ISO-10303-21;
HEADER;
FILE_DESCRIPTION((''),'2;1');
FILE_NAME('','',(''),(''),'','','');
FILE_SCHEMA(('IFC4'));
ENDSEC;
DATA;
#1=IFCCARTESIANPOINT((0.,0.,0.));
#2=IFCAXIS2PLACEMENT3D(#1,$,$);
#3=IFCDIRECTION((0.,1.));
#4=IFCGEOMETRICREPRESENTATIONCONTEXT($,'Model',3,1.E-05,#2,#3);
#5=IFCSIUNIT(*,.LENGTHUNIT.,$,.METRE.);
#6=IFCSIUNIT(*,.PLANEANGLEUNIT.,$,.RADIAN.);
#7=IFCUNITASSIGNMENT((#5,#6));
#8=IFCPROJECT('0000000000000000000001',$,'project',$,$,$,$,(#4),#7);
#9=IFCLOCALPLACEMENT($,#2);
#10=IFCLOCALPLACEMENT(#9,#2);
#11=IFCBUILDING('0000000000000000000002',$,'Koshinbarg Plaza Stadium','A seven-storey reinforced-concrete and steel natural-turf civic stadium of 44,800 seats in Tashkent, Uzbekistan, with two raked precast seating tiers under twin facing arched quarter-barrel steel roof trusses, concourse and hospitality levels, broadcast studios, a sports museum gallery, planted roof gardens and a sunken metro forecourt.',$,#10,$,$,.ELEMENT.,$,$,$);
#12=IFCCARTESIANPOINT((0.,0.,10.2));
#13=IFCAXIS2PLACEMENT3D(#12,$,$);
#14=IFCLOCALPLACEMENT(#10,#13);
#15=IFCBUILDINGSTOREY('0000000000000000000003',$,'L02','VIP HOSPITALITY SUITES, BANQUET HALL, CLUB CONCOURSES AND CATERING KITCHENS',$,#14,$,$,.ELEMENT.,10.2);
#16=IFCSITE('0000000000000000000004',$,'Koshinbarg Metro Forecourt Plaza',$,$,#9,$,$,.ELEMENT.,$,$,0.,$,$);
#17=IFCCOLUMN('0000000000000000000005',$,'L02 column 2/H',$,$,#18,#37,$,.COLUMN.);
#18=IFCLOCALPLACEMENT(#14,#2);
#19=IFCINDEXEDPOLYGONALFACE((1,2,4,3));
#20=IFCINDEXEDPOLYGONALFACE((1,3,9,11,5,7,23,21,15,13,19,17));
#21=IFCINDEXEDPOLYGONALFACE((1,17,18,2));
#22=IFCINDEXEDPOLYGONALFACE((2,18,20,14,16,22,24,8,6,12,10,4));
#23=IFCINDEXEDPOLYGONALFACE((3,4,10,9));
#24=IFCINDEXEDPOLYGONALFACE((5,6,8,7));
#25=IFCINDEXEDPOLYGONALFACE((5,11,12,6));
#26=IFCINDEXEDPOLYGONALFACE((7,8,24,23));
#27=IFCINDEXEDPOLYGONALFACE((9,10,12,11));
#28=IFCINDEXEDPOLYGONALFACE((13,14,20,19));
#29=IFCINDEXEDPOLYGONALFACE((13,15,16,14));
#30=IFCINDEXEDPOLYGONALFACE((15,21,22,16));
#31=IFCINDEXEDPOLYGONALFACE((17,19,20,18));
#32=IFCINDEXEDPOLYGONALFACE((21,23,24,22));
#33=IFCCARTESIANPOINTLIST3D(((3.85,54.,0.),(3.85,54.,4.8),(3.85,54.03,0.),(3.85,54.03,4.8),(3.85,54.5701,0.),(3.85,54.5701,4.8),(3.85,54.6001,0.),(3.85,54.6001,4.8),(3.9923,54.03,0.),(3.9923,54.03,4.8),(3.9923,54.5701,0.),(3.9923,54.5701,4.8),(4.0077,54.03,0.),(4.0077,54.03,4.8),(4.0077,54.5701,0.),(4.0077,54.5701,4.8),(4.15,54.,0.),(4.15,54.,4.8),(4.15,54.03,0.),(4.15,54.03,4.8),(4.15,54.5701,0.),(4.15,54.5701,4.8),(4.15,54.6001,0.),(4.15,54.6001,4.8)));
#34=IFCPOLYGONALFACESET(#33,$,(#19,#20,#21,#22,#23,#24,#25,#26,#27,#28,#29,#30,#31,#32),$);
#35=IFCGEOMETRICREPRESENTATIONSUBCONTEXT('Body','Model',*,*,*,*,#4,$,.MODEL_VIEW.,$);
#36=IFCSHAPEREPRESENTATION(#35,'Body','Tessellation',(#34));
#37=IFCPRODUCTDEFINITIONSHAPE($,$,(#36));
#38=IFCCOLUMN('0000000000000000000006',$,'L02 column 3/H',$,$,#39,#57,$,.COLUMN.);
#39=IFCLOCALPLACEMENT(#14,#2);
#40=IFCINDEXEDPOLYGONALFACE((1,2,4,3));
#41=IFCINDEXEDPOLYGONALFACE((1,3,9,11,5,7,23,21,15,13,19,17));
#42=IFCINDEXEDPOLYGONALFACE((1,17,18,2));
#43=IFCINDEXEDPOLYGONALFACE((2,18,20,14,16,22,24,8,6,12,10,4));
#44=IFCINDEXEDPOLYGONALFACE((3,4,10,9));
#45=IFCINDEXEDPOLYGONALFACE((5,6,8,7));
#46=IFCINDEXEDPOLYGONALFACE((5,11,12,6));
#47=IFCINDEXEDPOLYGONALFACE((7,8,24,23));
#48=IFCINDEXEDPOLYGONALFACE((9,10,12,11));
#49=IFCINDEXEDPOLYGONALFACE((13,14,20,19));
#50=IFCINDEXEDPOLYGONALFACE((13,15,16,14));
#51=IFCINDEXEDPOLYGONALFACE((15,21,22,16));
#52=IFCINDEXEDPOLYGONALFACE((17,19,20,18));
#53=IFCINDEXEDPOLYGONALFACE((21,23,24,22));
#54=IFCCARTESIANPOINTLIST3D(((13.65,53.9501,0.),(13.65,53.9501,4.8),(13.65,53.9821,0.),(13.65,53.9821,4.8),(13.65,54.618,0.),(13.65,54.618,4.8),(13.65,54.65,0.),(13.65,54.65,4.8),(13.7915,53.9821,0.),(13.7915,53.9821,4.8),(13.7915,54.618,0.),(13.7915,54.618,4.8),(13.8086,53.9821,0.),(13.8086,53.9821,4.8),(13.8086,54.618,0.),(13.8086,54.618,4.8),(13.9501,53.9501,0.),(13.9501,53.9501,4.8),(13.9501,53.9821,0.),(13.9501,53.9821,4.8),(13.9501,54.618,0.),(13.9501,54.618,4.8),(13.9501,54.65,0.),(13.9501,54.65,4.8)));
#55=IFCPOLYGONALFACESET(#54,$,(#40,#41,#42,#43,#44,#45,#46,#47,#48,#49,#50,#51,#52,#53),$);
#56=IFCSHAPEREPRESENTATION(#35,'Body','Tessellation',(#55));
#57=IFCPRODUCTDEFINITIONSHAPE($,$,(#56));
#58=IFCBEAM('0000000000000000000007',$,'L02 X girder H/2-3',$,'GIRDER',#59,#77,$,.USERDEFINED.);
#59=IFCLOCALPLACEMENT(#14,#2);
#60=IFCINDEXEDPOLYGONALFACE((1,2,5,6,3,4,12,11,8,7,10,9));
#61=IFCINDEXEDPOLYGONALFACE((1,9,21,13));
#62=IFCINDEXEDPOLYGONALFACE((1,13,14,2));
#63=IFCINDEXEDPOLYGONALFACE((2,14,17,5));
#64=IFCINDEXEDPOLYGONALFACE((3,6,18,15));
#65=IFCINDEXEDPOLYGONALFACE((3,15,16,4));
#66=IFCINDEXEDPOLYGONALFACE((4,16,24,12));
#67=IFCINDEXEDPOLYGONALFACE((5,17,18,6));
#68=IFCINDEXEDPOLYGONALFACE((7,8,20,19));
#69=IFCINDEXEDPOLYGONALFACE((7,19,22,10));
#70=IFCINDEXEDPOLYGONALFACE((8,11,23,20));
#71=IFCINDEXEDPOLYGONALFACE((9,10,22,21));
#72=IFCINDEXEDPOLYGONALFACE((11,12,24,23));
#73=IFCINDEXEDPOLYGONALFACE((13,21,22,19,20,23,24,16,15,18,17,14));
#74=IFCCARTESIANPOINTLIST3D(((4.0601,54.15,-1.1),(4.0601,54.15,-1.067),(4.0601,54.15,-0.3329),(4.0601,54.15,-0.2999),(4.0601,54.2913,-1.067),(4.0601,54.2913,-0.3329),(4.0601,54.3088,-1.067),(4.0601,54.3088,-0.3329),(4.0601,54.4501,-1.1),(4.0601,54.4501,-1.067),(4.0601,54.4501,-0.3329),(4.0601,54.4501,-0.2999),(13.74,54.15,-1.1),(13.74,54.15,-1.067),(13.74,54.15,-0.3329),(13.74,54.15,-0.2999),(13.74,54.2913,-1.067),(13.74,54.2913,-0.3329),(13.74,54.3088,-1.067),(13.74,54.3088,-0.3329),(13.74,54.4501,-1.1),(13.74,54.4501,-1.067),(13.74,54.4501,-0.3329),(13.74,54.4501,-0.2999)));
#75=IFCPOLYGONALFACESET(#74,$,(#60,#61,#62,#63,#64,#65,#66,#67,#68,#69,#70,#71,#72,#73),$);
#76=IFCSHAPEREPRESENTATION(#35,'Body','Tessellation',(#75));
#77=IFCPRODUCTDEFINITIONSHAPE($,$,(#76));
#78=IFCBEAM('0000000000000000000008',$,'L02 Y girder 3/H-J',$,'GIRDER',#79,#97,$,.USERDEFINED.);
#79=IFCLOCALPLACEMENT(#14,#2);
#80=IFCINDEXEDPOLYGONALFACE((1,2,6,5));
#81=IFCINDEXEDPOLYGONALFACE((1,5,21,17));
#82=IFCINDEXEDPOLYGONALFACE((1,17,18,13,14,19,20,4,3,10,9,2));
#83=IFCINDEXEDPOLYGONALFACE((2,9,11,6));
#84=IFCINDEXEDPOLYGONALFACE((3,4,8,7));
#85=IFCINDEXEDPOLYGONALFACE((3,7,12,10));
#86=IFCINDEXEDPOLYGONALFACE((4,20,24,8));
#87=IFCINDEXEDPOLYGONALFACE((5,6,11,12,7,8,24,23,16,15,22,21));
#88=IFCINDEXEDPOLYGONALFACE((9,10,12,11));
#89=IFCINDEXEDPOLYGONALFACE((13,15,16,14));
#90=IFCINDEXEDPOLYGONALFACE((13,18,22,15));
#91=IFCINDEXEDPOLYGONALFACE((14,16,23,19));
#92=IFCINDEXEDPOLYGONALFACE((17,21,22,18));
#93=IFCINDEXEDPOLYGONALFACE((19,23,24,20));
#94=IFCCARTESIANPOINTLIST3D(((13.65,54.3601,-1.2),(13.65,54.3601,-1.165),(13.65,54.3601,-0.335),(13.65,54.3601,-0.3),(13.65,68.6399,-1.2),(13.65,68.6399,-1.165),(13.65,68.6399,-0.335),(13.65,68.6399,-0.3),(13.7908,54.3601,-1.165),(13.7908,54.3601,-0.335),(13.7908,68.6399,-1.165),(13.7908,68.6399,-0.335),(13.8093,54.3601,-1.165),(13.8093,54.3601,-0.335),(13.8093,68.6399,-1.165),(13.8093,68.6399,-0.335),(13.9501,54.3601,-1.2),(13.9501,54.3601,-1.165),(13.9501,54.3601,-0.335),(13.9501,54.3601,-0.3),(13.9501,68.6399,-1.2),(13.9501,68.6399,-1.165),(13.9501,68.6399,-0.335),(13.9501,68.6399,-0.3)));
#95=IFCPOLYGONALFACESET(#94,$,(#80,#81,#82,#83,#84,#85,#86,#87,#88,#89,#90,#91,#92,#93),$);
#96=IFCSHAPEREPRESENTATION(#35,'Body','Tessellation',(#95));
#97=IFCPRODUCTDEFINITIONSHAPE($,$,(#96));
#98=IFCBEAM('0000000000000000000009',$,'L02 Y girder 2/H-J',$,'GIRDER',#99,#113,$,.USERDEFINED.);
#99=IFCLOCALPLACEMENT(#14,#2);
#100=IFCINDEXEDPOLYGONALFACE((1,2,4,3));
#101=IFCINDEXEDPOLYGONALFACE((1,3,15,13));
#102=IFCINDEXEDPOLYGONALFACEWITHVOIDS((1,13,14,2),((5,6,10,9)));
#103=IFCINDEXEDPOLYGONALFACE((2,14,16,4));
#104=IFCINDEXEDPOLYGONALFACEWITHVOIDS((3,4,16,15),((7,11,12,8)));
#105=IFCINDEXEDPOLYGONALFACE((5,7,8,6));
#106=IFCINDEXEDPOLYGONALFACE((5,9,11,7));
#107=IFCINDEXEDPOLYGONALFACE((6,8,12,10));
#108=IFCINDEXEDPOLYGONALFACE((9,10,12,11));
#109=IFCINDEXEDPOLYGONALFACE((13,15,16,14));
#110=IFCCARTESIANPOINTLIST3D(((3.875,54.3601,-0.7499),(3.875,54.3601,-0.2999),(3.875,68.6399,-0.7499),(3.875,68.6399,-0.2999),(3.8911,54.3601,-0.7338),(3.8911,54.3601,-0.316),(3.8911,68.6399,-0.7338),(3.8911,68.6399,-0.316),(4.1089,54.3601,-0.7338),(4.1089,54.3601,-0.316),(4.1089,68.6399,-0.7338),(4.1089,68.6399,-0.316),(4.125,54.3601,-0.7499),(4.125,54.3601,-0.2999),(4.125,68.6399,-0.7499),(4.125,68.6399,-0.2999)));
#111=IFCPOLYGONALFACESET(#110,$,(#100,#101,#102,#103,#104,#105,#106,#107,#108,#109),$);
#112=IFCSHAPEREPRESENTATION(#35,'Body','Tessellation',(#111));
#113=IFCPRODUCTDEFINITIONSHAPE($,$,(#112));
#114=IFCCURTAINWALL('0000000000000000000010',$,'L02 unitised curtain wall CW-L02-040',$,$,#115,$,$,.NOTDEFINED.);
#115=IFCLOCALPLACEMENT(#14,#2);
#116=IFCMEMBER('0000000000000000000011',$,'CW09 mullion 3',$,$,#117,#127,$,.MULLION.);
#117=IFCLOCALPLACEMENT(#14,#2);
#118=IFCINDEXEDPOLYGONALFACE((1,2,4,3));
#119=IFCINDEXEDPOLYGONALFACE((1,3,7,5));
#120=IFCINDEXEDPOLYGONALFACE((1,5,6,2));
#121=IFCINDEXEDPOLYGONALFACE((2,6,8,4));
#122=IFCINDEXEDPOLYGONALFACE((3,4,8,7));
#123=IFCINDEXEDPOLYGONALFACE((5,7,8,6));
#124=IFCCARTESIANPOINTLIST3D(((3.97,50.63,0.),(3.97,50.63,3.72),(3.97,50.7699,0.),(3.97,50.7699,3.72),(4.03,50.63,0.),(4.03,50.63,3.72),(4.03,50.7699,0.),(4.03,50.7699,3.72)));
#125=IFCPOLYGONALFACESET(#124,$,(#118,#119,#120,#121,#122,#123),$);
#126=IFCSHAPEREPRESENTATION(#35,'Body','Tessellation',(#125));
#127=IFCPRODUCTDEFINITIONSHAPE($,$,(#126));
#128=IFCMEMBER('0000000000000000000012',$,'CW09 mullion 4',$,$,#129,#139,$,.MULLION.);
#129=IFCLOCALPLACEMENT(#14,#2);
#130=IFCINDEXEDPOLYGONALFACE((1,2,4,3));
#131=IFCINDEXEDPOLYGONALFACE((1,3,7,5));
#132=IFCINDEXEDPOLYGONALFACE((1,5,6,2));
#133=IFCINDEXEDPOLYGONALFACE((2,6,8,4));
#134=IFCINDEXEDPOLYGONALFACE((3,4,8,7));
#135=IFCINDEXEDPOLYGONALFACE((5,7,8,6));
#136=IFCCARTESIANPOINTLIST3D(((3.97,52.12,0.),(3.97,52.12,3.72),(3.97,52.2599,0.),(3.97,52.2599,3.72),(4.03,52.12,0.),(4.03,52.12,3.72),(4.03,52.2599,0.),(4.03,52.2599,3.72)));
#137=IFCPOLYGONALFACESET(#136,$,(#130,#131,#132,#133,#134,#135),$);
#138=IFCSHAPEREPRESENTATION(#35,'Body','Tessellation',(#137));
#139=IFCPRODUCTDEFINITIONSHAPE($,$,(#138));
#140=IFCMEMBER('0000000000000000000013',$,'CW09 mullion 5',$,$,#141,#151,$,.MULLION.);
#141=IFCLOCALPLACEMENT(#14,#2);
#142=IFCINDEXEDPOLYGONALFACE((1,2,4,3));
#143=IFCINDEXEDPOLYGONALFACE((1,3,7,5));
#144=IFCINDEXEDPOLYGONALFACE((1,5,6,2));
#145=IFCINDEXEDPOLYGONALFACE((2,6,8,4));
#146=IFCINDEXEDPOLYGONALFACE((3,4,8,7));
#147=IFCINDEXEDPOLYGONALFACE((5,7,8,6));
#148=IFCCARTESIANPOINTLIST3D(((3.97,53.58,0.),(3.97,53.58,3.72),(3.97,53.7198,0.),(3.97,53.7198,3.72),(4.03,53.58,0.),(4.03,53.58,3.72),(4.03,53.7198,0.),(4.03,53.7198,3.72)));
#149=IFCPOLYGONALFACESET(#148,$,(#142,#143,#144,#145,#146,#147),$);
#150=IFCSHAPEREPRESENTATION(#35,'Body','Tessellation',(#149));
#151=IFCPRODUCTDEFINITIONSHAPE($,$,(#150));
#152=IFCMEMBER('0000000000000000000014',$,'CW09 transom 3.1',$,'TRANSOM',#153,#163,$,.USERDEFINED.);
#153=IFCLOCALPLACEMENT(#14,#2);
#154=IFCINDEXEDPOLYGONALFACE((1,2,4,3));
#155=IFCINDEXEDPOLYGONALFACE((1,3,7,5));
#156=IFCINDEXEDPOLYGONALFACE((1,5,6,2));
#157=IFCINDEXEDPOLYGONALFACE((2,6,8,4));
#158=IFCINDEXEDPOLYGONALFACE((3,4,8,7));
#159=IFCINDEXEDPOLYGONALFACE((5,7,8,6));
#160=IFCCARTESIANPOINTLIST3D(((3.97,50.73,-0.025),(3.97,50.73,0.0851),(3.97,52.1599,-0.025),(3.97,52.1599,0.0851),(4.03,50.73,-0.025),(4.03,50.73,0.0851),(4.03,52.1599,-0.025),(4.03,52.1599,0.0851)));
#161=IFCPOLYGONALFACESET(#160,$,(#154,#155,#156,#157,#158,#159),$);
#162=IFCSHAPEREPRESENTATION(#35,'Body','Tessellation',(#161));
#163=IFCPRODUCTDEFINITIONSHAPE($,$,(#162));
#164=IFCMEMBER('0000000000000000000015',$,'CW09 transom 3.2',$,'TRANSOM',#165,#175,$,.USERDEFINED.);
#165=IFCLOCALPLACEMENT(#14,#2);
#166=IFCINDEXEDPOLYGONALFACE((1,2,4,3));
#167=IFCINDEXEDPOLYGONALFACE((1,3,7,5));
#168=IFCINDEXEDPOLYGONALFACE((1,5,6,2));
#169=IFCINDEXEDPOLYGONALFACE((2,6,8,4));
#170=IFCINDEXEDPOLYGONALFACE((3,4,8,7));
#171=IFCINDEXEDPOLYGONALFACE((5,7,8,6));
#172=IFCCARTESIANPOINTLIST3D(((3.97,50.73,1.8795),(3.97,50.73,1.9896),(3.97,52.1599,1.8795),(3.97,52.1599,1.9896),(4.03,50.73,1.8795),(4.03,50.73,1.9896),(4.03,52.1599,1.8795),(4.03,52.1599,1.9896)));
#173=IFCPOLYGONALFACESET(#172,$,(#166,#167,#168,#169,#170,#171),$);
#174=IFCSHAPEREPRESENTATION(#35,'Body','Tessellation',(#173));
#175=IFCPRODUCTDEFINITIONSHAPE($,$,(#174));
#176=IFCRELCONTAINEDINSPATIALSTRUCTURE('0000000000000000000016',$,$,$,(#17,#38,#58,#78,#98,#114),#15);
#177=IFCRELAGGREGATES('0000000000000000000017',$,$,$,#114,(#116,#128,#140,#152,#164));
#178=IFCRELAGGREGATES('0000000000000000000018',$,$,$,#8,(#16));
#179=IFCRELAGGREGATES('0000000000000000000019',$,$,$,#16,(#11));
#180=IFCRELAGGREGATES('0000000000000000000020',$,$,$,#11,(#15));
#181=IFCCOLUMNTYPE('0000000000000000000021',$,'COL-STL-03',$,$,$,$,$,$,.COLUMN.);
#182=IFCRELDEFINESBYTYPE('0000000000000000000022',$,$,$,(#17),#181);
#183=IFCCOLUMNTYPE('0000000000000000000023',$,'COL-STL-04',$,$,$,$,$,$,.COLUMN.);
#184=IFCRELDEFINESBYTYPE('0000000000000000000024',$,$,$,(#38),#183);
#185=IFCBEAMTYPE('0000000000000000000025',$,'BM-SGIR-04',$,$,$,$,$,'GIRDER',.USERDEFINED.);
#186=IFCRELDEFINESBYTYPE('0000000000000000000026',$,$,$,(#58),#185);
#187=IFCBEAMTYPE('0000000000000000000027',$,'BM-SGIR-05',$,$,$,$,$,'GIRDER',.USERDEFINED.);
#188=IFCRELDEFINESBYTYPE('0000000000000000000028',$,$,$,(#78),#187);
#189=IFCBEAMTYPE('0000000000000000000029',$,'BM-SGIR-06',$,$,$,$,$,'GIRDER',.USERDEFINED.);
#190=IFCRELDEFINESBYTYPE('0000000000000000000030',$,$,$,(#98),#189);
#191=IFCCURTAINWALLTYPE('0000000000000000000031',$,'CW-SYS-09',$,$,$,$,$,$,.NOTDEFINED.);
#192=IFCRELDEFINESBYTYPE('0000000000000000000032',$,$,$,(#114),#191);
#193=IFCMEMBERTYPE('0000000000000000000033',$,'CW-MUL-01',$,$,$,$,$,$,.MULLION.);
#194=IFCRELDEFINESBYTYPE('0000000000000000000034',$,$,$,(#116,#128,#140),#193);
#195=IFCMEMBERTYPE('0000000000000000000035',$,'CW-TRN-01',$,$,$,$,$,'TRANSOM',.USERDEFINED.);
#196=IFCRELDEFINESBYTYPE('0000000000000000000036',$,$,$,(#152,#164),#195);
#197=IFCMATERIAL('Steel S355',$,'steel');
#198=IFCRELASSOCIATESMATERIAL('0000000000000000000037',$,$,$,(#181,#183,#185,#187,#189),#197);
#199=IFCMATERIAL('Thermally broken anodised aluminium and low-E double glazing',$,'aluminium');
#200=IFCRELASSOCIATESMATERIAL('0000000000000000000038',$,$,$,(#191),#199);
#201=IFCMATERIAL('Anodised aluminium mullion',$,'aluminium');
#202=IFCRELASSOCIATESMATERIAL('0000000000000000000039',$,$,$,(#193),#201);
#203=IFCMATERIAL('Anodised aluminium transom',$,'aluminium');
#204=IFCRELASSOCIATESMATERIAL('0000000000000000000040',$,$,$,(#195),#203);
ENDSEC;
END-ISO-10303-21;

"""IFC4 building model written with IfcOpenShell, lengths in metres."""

from ifc_helpers import new_model, si_unit, direction, frame, origin, origin_2d, place, context, subcontext, project, spatial, rectangle, hollow_rectangle, i_section, extrude, material, material_profile, profile_set, type_object, element, aggregate, save


model = new_model("IFC4")

# Units and contexts
model_context = context("Model", 3, precision=1e-05, world=origin(), true_north=direction((0.0, 1.0)))
body_context = subcontext(model_context, "Body", "Model", "MODEL_VIEW")
ifc_project = project(units=[si_unit("LENGTHUNIT", "METRE"), si_unit("PLANEANGLEUNIT", "RADIAN")], contexts=[model_context])

# Site, building, storey
site_placement = place(None, origin())
site = spatial("IfcSite", under=ifc_project, at=site_placement, Name="Koshinbarg Metro Forecourt Plaza", CompositionType="ELEMENT", RefElevation=0.0)
building_placement = place(site_placement, origin())
building = spatial("IfcBuilding", under=site, at=building_placement, Name="Koshinbarg Plaza Stadium", Description="A seven-storey reinforced-concrete and steel natural-turf civic stadium of 44,800 seats in Tashkent, Uzbekistan, with two raked precast seating tiers under twin facing arched quarter-barrel steel roof trusses, concourse and hospitality levels, broadcast studios, a sports museum gallery, planted roof gardens and a sunken metro forecourt.", CompositionType="ELEMENT")
storey_placement = place(building_placement, frame((0.0, 0.0, 10.2)))
storey = spatial("IfcBuildingStorey", under=building, at=storey_placement, Name="L02", Description="VIP HOSPITALITY SUITES, BANQUET HALL, CLUB CONCOURSES AND CATERING KITCHENS", CompositionType="ELEMENT", Elevation=10.2)

# Columns
ifc_material_1 = material(Name="Steel S355", Category="steel")
ifc_material_profile_1 = material_profile(ifc_material_1, i_section(OverallWidth=0.3, OverallDepth=0.6001, WebThickness=0.0154, FlangeThickness=0.03, at=origin_2d()), Name="HEB 600")
ifc_profile_set_1 = profile_set([ifc_material_profile_1], Name="Steel S355")
column_type_1 = type_object("IfcColumnType", Name="COL-STL-03", PredefinedType="COLUMN", material=ifc_profile_set_1)
column_1_placement = place(storey_placement, frame((4.0, 54.3, 0.0), z_axis=(0.0, 0.0, 1.0), x_axis=(1.0, 0.0, 0.0)))
element("IfcColumn", 1, at=column_1_placement, inside=storey, type_object=column_type_1, Name="L02 column 2/H", PredefinedType="COLUMN", context=body_context, shape_type="SweptSolid", body=[
    extrude(i_section(OverallWidth=0.3, OverallDepth=0.6001, WebThickness=0.0154, FlangeThickness=0.03, at=origin_2d()), origin(), (0.0, 0.0, 1.0), 4.8),
])
ifc_material_profile_2 = material_profile(ifc_material_1, i_section(OverallWidth=0.3, OverallDepth=0.7, WebThickness=0.0171, FlangeThickness=0.032, at=origin_2d()), Name="HEB 700")
ifc_profile_set_2 = profile_set([ifc_material_profile_2], Name="Steel S355")
column_type_2 = type_object("IfcColumnType", Name="COL-STL-04", PredefinedType="COLUMN", material=ifc_profile_set_2)
column_2_placement = place(storey_placement, frame((13.8, 54.3, 0.0), z_axis=(0.0, 0.0, 1.0), x_axis=(1.0, 0.0, 0.0)))
element("IfcColumn", 2, at=column_2_placement, inside=storey, type_object=column_type_2, Name="L02 column 3/H", PredefinedType="COLUMN", context=body_context, shape_type="SweptSolid", body=[
    extrude(i_section(OverallWidth=0.3, OverallDepth=0.7, WebThickness=0.0171, FlangeThickness=0.032, at=origin_2d()), origin(), (0.0, 0.0, 1.0), 4.8),
])

# Beams
ifc_material_profile_3 = material_profile(ifc_material_1, i_section(OverallWidth=0.3, OverallDepth=0.8, WebThickness=0.0176, FlangeThickness=0.033, at=origin_2d()), Name="HEB 800")
ifc_profile_set_3 = profile_set([ifc_material_profile_3], Name="Steel S355")
beam_type_1 = type_object("IfcBeamType", Name="BM-SGIR-04", ElementType="GIRDER", PredefinedType="USERDEFINED", material=ifc_profile_set_3)
beam_1_placement = place(storey_placement, frame((4.0601, 54.3, -0.7), z_axis=(1.0, 0.0, 0.0), x_axis=(0.0, 1.0, 0.0)))
element("IfcBeam", 3, at=beam_1_placement, inside=storey, type_object=beam_type_1, Name="L02 X girder H/2-3", ObjectType="GIRDER", PredefinedType="USERDEFINED", context=body_context, shape_type="SweptSolid", body=[
    extrude(i_section(OverallWidth=0.3, OverallDepth=0.8, WebThickness=0.0176, FlangeThickness=0.033, at=origin_2d()), origin(), (0.0, 0.0, 1.0), 9.6799),
])
ifc_material_profile_4 = material_profile(ifc_material_1, i_section(OverallWidth=0.3, OverallDepth=0.8999, WebThickness=0.0186, FlangeThickness=0.0349, at=origin_2d()), Name="HEB 900")
ifc_profile_set_4 = profile_set([ifc_material_profile_4], Name="Steel S355")
beam_type_2 = type_object("IfcBeamType", Name="BM-SGIR-05", ElementType="GIRDER", PredefinedType="USERDEFINED", material=ifc_profile_set_4)
beam_2_placement = place(storey_placement, frame((13.8, 54.3601, -0.75), z_axis=(0.0, 1.0, 0.0), x_axis=(-1.0, 0.0, 0.0)))
element("IfcBeam", 4, at=beam_2_placement, inside=storey, type_object=beam_type_2, Name="L02 Y girder 3/H-J", ObjectType="GIRDER", PredefinedType="USERDEFINED", context=body_context, shape_type="SweptSolid", body=[
    extrude(i_section(OverallWidth=0.3, OverallDepth=0.8999, WebThickness=0.0186, FlangeThickness=0.0349, at=origin_2d()), origin(), (0.0, 0.0, 1.0), 14.2798),
])
ifc_material_profile_5 = material_profile(ifc_material_1, hollow_rectangle(XDim=0.25, YDim=0.45, WallThickness=0.0161, at=origin_2d()), Name="RHS 450x250x16")
ifc_profile_set_5 = profile_set([ifc_material_profile_5], Name="Steel S355")
beam_type_3 = type_object("IfcBeamType", Name="BM-SGIR-06", ElementType="GIRDER", PredefinedType="USERDEFINED", material=ifc_profile_set_5)
beam_3_placement = place(storey_placement, frame((4.0, 54.3601, -0.5249), z_axis=(0.0, 1.0, 0.0), x_axis=(-1.0, 0.0, 0.0)))
element("IfcBeam", 5, at=beam_3_placement, inside=storey, type_object=beam_type_3, Name="L02 Y girder 2/H-J", ObjectType="GIRDER", PredefinedType="USERDEFINED", context=body_context, shape_type="SweptSolid", body=[
    extrude(hollow_rectangle(XDim=0.25, YDim=0.45, WallThickness=0.0161, at=origin_2d()), origin(), (0.0, 0.0, 1.0), 14.2798),
])

# Curtain wall, members
ifc_material_2 = material(Name="Thermally broken anodised aluminium and low-E double glazing", Category="aluminium")
curtain_wall_type = type_object("IfcCurtainWallType", Name="CW-SYS-09", PredefinedType="NOTDEFINED", material=ifc_material_2)
curtain_wall_placement = place(storey_placement, origin())
curtain_wall = element("IfcCurtainWall", 6, at=curtain_wall_placement, inside=storey, type_object=curtain_wall_type, Name="L02 unitised curtain wall CW-L02-040", PredefinedType="NOTDEFINED")
ifc_material_3 = material(Name="Anodised aluminium mullion", Category="aluminium")
ifc_material_profile_6 = material_profile(ifc_material_3, rectangle(XDim=0.0601, YDim=0.1399, at=origin_2d()), Name="ALU 60x140")
ifc_profile_set_6 = profile_set([ifc_material_profile_6], Name="Anodised aluminium mullion")
member_type_1 = type_object("IfcMemberType", Name="CW-MUL-01", PredefinedType="MULLION", material=ifc_profile_set_6)
member_1_placement = place(storey_placement, frame((4.0, 50.7, 0.0), z_axis=(0.0, 0.0, 1.0), x_axis=(-1.0, 0.0, 0.0)))
member_1 = element("IfcMember", 7, at=member_1_placement, type_object=member_type_1, Name="CW09 mullion 3", PredefinedType="MULLION", context=body_context, shape_type="SweptSolid", body=[
    extrude(rectangle(XDim=0.0601, YDim=0.1399, at=origin_2d()), origin(), (0.0, 0.0, 1.0), 3.72),
])
member_2_placement = place(storey_placement, frame((4.0, 52.1899, 0.0), z_axis=(0.0, 0.0, 1.0), x_axis=(-1.0, 0.0, 0.0)))
member_2 = element("IfcMember", 8, at=member_2_placement, type_object=member_type_1, Name="CW09 mullion 4", PredefinedType="MULLION", context=body_context, shape_type="SweptSolid", body=[
    extrude(rectangle(XDim=0.0601, YDim=0.1399, at=origin_2d()), origin(), (0.0, 0.0, 1.0), 3.72),
])
member_3_placement = place(storey_placement, frame((4.0, 53.6499, 0.0), z_axis=(0.0, 0.0, 1.0), x_axis=(-1.0, 0.0, 0.0)))
member_3 = element("IfcMember", 9, at=member_3_placement, type_object=member_type_1, Name="CW09 mullion 5", PredefinedType="MULLION", context=body_context, shape_type="SweptSolid", body=[
    extrude(rectangle(XDim=0.0601, YDim=0.1399, at=origin_2d()), origin(), (0.0, 0.0, 1.0), 3.72),
])
ifc_material_4 = material(Name="Anodised aluminium transom", Category="aluminium")
ifc_material_profile_7 = material_profile(ifc_material_4, rectangle(XDim=0.0601, YDim=0.1101, at=origin_2d()), Name="ALU 60x110")
ifc_profile_set_7 = profile_set([ifc_material_profile_7], Name="Anodised aluminium transom")
member_type_2 = type_object("IfcMemberType", Name="CW-TRN-01", ElementType="TRANSOM", PredefinedType="USERDEFINED", material=ifc_profile_set_7)
member_4_placement = place(storey_placement, frame((4.0, 50.73, 0.03), z_axis=(0.0, 1.0, 0.0), x_axis=(-1.0, 0.0, 0.0)))
member_4 = element("IfcMember", 10, at=member_4_placement, type_object=member_type_2, Name="CW09 transom 3.1", ObjectType="TRANSOM", PredefinedType="USERDEFINED", context=body_context, shape_type="SweptSolid", body=[
    extrude(rectangle(XDim=0.0601, YDim=0.1101, at=origin_2d()), origin(), (0.0, 0.0, 1.0), 1.4299),
])
member_5_placement = place(storey_placement, frame((4.0, 50.73, 1.9346), z_axis=(0.0, 1.0, 0.0), x_axis=(-1.0, 0.0, 0.0)))
member_5 = element("IfcMember", 11, at=member_5_placement, type_object=member_type_2, Name="CW09 transom 3.2", ObjectType="TRANSOM", PredefinedType="USERDEFINED", context=body_context, shape_type="SweptSolid", body=[
    extrude(rectangle(XDim=0.0601, YDim=0.1101, at=origin_2d()), origin(), (0.0, 0.0, 1.0), 1.4299),
])
aggregate(curtain_wall, [member_1, member_2, member_3, member_4, member_5])

save(model, "model.ifc")
